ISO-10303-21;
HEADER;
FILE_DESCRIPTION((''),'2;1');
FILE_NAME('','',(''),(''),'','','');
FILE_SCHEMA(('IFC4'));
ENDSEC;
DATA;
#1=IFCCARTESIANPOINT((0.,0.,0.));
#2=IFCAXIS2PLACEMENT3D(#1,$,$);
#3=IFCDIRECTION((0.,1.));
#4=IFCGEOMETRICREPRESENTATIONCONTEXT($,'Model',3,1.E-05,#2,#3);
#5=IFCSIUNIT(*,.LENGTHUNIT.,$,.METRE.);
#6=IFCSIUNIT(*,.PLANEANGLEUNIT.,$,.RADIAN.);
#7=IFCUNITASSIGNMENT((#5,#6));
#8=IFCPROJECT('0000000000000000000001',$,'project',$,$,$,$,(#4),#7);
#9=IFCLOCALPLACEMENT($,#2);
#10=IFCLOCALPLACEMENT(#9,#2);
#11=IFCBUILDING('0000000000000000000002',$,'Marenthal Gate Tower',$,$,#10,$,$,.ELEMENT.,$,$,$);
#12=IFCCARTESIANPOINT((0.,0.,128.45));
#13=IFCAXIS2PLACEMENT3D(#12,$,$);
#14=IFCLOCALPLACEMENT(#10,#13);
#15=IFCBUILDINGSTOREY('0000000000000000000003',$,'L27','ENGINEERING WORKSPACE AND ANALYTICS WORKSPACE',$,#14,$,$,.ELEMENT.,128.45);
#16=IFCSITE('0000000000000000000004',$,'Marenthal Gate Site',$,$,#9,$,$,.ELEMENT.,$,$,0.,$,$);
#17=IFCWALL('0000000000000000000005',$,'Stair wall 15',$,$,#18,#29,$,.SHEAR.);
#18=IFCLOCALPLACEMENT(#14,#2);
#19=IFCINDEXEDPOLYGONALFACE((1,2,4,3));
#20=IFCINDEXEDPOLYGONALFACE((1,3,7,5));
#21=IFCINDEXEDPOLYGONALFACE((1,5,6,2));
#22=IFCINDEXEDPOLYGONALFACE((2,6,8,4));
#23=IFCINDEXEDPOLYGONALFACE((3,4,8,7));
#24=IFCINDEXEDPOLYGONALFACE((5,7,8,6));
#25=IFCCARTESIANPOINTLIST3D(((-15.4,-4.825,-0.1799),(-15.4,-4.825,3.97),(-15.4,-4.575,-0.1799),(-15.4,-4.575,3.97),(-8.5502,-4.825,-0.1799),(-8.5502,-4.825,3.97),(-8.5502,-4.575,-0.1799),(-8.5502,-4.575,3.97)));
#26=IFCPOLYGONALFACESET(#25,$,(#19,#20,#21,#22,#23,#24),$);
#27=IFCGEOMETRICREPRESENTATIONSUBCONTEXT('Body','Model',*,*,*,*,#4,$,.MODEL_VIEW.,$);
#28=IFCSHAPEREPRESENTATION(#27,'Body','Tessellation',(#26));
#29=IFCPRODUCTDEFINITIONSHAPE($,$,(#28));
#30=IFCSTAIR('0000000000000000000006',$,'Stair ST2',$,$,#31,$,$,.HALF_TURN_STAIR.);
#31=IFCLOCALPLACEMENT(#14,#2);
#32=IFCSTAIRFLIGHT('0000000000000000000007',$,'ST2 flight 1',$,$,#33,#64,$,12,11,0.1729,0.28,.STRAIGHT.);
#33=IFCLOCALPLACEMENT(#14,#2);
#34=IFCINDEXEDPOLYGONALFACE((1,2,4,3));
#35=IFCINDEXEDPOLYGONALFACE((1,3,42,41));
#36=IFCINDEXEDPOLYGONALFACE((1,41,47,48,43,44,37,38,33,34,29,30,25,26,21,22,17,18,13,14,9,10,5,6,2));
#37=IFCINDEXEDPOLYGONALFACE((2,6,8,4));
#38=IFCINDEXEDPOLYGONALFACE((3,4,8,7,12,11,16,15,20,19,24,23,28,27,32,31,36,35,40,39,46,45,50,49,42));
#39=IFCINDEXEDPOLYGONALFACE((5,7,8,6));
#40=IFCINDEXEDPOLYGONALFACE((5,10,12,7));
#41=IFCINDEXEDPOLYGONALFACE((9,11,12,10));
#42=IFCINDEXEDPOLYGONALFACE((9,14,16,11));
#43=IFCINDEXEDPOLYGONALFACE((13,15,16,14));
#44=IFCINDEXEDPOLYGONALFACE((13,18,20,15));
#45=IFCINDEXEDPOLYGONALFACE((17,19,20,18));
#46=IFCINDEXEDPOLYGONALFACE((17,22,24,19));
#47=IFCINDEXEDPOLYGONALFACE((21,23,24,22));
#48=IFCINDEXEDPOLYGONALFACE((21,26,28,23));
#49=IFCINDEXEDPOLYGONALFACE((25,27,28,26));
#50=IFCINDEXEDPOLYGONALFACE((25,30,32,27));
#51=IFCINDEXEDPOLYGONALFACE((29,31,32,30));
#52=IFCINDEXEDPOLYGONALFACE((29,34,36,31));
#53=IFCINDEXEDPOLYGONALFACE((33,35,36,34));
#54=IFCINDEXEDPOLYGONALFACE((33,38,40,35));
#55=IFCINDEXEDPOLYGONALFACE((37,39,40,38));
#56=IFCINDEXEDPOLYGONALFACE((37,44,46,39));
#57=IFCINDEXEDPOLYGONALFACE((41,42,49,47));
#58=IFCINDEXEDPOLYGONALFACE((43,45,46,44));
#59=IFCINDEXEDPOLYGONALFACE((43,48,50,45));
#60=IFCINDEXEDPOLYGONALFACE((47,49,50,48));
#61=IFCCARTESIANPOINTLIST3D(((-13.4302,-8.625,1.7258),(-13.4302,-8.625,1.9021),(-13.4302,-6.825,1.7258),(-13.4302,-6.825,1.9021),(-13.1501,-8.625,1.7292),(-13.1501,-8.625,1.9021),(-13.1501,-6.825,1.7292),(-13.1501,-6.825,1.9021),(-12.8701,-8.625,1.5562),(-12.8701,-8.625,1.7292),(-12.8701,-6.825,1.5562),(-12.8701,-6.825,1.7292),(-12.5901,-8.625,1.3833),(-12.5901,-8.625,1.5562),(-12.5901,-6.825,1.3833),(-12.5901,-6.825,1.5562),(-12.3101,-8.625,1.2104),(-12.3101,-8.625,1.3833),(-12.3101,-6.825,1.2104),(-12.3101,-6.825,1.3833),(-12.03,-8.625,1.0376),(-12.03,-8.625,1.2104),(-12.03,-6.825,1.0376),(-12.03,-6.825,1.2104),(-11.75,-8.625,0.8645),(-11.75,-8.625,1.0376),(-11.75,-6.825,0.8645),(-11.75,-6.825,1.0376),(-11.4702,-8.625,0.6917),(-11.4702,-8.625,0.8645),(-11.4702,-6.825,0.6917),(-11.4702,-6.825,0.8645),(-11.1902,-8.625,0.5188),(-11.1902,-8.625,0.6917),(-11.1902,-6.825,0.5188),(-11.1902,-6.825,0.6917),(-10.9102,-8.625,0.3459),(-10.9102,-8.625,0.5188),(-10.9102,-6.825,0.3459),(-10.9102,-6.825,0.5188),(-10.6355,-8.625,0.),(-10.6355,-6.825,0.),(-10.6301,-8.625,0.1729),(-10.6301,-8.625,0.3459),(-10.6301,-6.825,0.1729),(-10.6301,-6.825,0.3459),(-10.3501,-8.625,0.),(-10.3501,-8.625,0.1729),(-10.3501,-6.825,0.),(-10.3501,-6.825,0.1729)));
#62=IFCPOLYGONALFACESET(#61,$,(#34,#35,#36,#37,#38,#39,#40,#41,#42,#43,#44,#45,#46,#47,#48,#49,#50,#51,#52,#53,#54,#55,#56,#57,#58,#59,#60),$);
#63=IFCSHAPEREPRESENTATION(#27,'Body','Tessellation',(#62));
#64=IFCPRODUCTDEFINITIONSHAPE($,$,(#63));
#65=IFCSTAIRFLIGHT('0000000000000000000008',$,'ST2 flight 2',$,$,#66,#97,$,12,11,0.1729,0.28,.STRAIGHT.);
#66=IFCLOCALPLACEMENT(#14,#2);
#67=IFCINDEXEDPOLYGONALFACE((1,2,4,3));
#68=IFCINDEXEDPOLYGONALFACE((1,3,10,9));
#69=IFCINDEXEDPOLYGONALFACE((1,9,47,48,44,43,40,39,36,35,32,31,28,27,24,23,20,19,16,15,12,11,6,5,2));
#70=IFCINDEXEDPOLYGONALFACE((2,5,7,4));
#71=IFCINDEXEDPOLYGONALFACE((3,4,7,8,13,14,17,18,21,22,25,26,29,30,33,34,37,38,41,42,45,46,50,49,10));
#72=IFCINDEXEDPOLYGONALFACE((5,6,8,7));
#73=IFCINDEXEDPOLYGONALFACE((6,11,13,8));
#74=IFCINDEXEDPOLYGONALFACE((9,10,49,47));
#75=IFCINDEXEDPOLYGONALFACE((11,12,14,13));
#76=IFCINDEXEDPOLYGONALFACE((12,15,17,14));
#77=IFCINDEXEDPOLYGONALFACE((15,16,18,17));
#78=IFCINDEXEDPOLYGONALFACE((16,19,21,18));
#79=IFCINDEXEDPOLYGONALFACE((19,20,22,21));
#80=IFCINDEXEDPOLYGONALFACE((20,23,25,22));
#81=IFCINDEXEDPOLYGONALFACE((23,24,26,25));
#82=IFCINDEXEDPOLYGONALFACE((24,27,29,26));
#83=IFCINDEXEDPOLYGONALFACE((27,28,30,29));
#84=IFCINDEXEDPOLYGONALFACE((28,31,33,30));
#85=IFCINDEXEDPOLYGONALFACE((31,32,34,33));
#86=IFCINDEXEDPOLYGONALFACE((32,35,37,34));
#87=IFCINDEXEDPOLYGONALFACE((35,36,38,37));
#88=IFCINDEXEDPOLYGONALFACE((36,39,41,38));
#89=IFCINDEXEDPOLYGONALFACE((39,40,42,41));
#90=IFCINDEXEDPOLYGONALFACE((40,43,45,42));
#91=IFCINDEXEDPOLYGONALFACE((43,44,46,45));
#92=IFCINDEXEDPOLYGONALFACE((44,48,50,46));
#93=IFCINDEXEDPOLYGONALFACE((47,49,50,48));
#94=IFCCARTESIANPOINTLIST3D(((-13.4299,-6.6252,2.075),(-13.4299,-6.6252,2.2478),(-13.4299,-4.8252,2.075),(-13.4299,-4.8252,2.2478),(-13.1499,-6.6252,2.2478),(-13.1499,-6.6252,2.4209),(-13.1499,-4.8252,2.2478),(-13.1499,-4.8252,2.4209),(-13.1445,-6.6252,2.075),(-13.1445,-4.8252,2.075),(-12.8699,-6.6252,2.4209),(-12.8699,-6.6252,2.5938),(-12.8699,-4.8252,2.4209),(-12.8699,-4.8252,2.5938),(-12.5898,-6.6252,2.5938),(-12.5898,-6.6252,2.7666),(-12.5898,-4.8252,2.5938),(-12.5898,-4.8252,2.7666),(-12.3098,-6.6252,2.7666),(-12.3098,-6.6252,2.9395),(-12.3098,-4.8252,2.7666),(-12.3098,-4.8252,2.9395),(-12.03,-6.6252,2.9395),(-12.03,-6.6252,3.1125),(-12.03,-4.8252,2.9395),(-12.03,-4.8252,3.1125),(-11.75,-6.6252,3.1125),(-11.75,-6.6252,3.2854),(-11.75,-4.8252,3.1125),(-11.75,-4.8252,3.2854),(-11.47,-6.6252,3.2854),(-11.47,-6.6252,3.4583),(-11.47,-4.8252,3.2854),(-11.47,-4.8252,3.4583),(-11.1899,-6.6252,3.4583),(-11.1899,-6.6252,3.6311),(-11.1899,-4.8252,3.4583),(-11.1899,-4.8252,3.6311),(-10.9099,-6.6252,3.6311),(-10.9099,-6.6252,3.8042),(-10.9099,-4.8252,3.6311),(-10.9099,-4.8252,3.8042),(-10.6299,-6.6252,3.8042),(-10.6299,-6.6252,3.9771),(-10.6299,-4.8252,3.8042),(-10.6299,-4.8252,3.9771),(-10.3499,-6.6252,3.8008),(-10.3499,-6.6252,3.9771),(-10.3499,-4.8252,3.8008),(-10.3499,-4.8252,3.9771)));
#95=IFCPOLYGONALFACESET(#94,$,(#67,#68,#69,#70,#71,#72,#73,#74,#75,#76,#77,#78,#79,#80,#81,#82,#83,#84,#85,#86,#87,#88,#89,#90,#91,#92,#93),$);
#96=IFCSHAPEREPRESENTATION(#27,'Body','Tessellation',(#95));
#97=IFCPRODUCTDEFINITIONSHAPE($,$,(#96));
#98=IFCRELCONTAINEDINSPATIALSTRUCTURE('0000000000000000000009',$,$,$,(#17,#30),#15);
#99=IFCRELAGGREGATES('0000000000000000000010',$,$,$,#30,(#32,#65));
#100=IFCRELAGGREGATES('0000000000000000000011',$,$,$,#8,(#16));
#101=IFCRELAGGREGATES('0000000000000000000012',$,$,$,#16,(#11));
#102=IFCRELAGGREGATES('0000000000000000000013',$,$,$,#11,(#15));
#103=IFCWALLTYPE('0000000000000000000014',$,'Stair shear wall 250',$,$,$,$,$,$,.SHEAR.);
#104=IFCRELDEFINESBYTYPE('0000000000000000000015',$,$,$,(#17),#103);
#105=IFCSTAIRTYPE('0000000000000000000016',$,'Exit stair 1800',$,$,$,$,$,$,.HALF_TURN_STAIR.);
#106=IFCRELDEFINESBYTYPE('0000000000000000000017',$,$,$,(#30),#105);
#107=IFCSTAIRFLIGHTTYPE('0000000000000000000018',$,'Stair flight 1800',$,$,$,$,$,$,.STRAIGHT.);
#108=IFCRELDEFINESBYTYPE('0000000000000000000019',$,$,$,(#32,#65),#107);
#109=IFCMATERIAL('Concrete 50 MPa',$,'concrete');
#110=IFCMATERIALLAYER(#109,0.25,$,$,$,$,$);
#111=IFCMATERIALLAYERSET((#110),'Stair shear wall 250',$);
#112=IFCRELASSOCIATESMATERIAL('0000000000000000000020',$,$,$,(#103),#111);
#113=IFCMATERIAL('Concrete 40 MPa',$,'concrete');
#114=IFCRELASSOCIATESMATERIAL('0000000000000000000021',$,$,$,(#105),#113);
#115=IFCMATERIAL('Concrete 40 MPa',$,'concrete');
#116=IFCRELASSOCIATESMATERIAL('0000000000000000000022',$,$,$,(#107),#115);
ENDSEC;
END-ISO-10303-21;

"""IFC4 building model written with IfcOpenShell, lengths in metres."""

from ifc_helpers import new_model, si_unit, direction, frame, frame_2d, origin, place, context, subcontext, project, spatial, polyline, rectangle, outline, extrude, material, layer, layer_set, type_object, element, aggregate, save


model = new_model("IFC4")

# Units and contexts
model_context = context("Model", 3, precision=1e-05, world=origin(), true_north=direction((0.0, 1.0)))
body_context = subcontext(model_context, "Body", "Model", "MODEL_VIEW")
ifc_project = project(units=[si_unit("LENGTHUNIT", "METRE"), si_unit("PLANEANGLEUNIT", "RADIAN")], contexts=[model_context])

# Site, building, storey
site_placement = place(None, origin())
site = spatial("IfcSite", under=ifc_project, at=site_placement, Name="Marenthal Gate Site", CompositionType="ELEMENT", RefElevation=0.0)
building_placement = place(site_placement, origin())
building = spatial("IfcBuilding", under=site, at=building_placement, Name="Marenthal Gate Tower", CompositionType="ELEMENT")
storey_placement = place(building_placement, frame((0.0, 0.0, 128.45)))
storey = spatial("IfcBuildingStorey", under=building, at=storey_placement, Name="L27", Description="ENGINEERING WORKSPACE AND ANALYTICS WORKSPACE", CompositionType="ELEMENT", Elevation=128.45)

# Wall
ifc_material_1 = material(Name="Concrete 50 MPa", Category="concrete")
ifc_layer_1 = layer(ifc_material_1, 0.25)
ifc_layer_set_1 = layer_set([ifc_layer_1], Name="Stair shear wall 250")
wall_type_1 = type_object("IfcWallType", Name="Stair shear wall 250", PredefinedType="SHEAR", material=ifc_layer_set_1)
wall_1_placement = place(storey_placement, frame((-15.3999, -4.7, -0.1799), z_axis=(0.0, 0.0, 1.0), x_axis=(1.0, 0.0, 0.0)))
element("IfcWall", 1, at=wall_1_placement, inside=storey, type_object=wall_type_1, Name="Stair wall 15", PredefinedType="SHEAR", context=body_context, shape_type="SweptSolid", body=[
    extrude(rectangle(XDim=6.8499, YDim=0.25, at=frame_2d((3.4248, 0.0))), origin(), (0.0, 0.0, 1.0), 4.1499),
])

# Stair, stair flights
ifc_material_2 = material(Name="Concrete 40 MPa", Category="concrete")
stair_type = type_object("IfcStairType", Name="Exit stair 1800", PredefinedType="HALF_TURN_STAIR", material=ifc_material_2)
stair_placement = place(storey_placement, origin())
stair = element("IfcStair", 2, at=stair_placement, inside=storey, type_object=stair_type, Name="Stair ST2", PredefinedType="HALF_TURN_STAIR")
ifc_material_3 = material(Name="Concrete 40 MPa", Category="concrete")
stair_flight_type = type_object("IfcStairFlightType", Name="Stair flight 1800", PredefinedType="STRAIGHT", material=ifc_material_3)
stair_flight_1_placement = place(storey_placement, frame((-10.3501, -7.7251, 0.0), z_axis=(0.0, 0.0, 1.0), x_axis=(-1.0, 0.0, 0.0)))
stair_flight_1 = element("IfcStairFlight", 3, at=stair_flight_1_placement, type_object=stair_flight_type, Name="ST2 flight 1", NumberOfRisers=12, NumberOfTreads=11, PredefinedType="STRAIGHT", RiserHeight=0.1729, TreadLength=0.28, context=body_context, shape_type="SweptSolid", body=[
    extrude(outline(polyline([(0.0, 0.0), (0.0, 0.1729), (0.28, 0.1729), (0.28, 0.3459), (0.5601, 0.3459), (0.5601, 0.5188), (0.8401, 0.5188), (0.8401, 0.6917), (1.1201, 0.6917), (1.1201, 0.8645), (1.3999, 0.8645), (1.3999, 1.0376), (1.6799, 1.0376), (1.6799, 1.2104), (1.96, 1.2104), (1.96, 1.3833), (2.24, 1.3833), (2.24, 1.5562), (2.52, 1.5562), (2.52, 1.7292), (2.8, 1.7292), (2.8, 1.9021), (3.0801, 1.9021), (3.0801, 2.075), (3.0801, 1.7258), (0.2854, 0.0), (0.0, 0.0)])), frame((0.0, 0.8999, 0.0), z_axis=(0.0, -1.0, 0.0), x_axis=(1.0, 0.0, 0.0)), (0.0, 0.0, 1.0), 1.8),
])
stair_flight_2_placement = place(storey_placement, frame((-13.4299, -5.7251, 2.075), z_axis=(0.0, 0.0, 1.0), x_axis=(1.0, 0.0, 0.0)))
stair_flight_2 = element("IfcStairFlight", 4, at=stair_flight_2_placement, type_object=stair_flight_type, Name="ST2 flight 2", NumberOfRisers=12, NumberOfTreads=11, PredefinedType="STRAIGHT", RiserHeight=0.1729, TreadLength=0.28, context=body_context, shape_type="SweptSolid", body=[
    extrude(outline(polyline([(0.0, 0.0), (0.0, 0.1729), (0.28, 0.1729), (0.28, 0.3459), (0.5601, 0.3459), (0.5601, 0.5188), (0.8401, 0.5188), (0.8401, 0.6917), (1.1201, 0.6917), (1.1201, 0.8645), (1.3999, 0.8645), (1.3999, 1.0376), (1.6799, 1.0376), (1.6799, 1.2104), (1.96, 1.2104), (1.96, 1.3833), (2.24, 1.3833), (2.24, 1.5562), (2.52, 1.5562), (2.52, 1.7292), (2.8, 1.7292), (2.8, 1.9021), (3.0801, 1.9021), (3.0801, 2.075), (3.0801, 1.7258), (0.2854, 0.0), (0.0, 0.0)])), frame((0.0, 0.8999, 0.0), z_axis=(0.0, -1.0, 0.0), x_axis=(1.0, 0.0, 0.0)), (0.0, 0.0, 1.0), 1.8),
])
aggregate(stair, [stair_flight_1, stair_flight_2])

save(model, "model.ifc")
